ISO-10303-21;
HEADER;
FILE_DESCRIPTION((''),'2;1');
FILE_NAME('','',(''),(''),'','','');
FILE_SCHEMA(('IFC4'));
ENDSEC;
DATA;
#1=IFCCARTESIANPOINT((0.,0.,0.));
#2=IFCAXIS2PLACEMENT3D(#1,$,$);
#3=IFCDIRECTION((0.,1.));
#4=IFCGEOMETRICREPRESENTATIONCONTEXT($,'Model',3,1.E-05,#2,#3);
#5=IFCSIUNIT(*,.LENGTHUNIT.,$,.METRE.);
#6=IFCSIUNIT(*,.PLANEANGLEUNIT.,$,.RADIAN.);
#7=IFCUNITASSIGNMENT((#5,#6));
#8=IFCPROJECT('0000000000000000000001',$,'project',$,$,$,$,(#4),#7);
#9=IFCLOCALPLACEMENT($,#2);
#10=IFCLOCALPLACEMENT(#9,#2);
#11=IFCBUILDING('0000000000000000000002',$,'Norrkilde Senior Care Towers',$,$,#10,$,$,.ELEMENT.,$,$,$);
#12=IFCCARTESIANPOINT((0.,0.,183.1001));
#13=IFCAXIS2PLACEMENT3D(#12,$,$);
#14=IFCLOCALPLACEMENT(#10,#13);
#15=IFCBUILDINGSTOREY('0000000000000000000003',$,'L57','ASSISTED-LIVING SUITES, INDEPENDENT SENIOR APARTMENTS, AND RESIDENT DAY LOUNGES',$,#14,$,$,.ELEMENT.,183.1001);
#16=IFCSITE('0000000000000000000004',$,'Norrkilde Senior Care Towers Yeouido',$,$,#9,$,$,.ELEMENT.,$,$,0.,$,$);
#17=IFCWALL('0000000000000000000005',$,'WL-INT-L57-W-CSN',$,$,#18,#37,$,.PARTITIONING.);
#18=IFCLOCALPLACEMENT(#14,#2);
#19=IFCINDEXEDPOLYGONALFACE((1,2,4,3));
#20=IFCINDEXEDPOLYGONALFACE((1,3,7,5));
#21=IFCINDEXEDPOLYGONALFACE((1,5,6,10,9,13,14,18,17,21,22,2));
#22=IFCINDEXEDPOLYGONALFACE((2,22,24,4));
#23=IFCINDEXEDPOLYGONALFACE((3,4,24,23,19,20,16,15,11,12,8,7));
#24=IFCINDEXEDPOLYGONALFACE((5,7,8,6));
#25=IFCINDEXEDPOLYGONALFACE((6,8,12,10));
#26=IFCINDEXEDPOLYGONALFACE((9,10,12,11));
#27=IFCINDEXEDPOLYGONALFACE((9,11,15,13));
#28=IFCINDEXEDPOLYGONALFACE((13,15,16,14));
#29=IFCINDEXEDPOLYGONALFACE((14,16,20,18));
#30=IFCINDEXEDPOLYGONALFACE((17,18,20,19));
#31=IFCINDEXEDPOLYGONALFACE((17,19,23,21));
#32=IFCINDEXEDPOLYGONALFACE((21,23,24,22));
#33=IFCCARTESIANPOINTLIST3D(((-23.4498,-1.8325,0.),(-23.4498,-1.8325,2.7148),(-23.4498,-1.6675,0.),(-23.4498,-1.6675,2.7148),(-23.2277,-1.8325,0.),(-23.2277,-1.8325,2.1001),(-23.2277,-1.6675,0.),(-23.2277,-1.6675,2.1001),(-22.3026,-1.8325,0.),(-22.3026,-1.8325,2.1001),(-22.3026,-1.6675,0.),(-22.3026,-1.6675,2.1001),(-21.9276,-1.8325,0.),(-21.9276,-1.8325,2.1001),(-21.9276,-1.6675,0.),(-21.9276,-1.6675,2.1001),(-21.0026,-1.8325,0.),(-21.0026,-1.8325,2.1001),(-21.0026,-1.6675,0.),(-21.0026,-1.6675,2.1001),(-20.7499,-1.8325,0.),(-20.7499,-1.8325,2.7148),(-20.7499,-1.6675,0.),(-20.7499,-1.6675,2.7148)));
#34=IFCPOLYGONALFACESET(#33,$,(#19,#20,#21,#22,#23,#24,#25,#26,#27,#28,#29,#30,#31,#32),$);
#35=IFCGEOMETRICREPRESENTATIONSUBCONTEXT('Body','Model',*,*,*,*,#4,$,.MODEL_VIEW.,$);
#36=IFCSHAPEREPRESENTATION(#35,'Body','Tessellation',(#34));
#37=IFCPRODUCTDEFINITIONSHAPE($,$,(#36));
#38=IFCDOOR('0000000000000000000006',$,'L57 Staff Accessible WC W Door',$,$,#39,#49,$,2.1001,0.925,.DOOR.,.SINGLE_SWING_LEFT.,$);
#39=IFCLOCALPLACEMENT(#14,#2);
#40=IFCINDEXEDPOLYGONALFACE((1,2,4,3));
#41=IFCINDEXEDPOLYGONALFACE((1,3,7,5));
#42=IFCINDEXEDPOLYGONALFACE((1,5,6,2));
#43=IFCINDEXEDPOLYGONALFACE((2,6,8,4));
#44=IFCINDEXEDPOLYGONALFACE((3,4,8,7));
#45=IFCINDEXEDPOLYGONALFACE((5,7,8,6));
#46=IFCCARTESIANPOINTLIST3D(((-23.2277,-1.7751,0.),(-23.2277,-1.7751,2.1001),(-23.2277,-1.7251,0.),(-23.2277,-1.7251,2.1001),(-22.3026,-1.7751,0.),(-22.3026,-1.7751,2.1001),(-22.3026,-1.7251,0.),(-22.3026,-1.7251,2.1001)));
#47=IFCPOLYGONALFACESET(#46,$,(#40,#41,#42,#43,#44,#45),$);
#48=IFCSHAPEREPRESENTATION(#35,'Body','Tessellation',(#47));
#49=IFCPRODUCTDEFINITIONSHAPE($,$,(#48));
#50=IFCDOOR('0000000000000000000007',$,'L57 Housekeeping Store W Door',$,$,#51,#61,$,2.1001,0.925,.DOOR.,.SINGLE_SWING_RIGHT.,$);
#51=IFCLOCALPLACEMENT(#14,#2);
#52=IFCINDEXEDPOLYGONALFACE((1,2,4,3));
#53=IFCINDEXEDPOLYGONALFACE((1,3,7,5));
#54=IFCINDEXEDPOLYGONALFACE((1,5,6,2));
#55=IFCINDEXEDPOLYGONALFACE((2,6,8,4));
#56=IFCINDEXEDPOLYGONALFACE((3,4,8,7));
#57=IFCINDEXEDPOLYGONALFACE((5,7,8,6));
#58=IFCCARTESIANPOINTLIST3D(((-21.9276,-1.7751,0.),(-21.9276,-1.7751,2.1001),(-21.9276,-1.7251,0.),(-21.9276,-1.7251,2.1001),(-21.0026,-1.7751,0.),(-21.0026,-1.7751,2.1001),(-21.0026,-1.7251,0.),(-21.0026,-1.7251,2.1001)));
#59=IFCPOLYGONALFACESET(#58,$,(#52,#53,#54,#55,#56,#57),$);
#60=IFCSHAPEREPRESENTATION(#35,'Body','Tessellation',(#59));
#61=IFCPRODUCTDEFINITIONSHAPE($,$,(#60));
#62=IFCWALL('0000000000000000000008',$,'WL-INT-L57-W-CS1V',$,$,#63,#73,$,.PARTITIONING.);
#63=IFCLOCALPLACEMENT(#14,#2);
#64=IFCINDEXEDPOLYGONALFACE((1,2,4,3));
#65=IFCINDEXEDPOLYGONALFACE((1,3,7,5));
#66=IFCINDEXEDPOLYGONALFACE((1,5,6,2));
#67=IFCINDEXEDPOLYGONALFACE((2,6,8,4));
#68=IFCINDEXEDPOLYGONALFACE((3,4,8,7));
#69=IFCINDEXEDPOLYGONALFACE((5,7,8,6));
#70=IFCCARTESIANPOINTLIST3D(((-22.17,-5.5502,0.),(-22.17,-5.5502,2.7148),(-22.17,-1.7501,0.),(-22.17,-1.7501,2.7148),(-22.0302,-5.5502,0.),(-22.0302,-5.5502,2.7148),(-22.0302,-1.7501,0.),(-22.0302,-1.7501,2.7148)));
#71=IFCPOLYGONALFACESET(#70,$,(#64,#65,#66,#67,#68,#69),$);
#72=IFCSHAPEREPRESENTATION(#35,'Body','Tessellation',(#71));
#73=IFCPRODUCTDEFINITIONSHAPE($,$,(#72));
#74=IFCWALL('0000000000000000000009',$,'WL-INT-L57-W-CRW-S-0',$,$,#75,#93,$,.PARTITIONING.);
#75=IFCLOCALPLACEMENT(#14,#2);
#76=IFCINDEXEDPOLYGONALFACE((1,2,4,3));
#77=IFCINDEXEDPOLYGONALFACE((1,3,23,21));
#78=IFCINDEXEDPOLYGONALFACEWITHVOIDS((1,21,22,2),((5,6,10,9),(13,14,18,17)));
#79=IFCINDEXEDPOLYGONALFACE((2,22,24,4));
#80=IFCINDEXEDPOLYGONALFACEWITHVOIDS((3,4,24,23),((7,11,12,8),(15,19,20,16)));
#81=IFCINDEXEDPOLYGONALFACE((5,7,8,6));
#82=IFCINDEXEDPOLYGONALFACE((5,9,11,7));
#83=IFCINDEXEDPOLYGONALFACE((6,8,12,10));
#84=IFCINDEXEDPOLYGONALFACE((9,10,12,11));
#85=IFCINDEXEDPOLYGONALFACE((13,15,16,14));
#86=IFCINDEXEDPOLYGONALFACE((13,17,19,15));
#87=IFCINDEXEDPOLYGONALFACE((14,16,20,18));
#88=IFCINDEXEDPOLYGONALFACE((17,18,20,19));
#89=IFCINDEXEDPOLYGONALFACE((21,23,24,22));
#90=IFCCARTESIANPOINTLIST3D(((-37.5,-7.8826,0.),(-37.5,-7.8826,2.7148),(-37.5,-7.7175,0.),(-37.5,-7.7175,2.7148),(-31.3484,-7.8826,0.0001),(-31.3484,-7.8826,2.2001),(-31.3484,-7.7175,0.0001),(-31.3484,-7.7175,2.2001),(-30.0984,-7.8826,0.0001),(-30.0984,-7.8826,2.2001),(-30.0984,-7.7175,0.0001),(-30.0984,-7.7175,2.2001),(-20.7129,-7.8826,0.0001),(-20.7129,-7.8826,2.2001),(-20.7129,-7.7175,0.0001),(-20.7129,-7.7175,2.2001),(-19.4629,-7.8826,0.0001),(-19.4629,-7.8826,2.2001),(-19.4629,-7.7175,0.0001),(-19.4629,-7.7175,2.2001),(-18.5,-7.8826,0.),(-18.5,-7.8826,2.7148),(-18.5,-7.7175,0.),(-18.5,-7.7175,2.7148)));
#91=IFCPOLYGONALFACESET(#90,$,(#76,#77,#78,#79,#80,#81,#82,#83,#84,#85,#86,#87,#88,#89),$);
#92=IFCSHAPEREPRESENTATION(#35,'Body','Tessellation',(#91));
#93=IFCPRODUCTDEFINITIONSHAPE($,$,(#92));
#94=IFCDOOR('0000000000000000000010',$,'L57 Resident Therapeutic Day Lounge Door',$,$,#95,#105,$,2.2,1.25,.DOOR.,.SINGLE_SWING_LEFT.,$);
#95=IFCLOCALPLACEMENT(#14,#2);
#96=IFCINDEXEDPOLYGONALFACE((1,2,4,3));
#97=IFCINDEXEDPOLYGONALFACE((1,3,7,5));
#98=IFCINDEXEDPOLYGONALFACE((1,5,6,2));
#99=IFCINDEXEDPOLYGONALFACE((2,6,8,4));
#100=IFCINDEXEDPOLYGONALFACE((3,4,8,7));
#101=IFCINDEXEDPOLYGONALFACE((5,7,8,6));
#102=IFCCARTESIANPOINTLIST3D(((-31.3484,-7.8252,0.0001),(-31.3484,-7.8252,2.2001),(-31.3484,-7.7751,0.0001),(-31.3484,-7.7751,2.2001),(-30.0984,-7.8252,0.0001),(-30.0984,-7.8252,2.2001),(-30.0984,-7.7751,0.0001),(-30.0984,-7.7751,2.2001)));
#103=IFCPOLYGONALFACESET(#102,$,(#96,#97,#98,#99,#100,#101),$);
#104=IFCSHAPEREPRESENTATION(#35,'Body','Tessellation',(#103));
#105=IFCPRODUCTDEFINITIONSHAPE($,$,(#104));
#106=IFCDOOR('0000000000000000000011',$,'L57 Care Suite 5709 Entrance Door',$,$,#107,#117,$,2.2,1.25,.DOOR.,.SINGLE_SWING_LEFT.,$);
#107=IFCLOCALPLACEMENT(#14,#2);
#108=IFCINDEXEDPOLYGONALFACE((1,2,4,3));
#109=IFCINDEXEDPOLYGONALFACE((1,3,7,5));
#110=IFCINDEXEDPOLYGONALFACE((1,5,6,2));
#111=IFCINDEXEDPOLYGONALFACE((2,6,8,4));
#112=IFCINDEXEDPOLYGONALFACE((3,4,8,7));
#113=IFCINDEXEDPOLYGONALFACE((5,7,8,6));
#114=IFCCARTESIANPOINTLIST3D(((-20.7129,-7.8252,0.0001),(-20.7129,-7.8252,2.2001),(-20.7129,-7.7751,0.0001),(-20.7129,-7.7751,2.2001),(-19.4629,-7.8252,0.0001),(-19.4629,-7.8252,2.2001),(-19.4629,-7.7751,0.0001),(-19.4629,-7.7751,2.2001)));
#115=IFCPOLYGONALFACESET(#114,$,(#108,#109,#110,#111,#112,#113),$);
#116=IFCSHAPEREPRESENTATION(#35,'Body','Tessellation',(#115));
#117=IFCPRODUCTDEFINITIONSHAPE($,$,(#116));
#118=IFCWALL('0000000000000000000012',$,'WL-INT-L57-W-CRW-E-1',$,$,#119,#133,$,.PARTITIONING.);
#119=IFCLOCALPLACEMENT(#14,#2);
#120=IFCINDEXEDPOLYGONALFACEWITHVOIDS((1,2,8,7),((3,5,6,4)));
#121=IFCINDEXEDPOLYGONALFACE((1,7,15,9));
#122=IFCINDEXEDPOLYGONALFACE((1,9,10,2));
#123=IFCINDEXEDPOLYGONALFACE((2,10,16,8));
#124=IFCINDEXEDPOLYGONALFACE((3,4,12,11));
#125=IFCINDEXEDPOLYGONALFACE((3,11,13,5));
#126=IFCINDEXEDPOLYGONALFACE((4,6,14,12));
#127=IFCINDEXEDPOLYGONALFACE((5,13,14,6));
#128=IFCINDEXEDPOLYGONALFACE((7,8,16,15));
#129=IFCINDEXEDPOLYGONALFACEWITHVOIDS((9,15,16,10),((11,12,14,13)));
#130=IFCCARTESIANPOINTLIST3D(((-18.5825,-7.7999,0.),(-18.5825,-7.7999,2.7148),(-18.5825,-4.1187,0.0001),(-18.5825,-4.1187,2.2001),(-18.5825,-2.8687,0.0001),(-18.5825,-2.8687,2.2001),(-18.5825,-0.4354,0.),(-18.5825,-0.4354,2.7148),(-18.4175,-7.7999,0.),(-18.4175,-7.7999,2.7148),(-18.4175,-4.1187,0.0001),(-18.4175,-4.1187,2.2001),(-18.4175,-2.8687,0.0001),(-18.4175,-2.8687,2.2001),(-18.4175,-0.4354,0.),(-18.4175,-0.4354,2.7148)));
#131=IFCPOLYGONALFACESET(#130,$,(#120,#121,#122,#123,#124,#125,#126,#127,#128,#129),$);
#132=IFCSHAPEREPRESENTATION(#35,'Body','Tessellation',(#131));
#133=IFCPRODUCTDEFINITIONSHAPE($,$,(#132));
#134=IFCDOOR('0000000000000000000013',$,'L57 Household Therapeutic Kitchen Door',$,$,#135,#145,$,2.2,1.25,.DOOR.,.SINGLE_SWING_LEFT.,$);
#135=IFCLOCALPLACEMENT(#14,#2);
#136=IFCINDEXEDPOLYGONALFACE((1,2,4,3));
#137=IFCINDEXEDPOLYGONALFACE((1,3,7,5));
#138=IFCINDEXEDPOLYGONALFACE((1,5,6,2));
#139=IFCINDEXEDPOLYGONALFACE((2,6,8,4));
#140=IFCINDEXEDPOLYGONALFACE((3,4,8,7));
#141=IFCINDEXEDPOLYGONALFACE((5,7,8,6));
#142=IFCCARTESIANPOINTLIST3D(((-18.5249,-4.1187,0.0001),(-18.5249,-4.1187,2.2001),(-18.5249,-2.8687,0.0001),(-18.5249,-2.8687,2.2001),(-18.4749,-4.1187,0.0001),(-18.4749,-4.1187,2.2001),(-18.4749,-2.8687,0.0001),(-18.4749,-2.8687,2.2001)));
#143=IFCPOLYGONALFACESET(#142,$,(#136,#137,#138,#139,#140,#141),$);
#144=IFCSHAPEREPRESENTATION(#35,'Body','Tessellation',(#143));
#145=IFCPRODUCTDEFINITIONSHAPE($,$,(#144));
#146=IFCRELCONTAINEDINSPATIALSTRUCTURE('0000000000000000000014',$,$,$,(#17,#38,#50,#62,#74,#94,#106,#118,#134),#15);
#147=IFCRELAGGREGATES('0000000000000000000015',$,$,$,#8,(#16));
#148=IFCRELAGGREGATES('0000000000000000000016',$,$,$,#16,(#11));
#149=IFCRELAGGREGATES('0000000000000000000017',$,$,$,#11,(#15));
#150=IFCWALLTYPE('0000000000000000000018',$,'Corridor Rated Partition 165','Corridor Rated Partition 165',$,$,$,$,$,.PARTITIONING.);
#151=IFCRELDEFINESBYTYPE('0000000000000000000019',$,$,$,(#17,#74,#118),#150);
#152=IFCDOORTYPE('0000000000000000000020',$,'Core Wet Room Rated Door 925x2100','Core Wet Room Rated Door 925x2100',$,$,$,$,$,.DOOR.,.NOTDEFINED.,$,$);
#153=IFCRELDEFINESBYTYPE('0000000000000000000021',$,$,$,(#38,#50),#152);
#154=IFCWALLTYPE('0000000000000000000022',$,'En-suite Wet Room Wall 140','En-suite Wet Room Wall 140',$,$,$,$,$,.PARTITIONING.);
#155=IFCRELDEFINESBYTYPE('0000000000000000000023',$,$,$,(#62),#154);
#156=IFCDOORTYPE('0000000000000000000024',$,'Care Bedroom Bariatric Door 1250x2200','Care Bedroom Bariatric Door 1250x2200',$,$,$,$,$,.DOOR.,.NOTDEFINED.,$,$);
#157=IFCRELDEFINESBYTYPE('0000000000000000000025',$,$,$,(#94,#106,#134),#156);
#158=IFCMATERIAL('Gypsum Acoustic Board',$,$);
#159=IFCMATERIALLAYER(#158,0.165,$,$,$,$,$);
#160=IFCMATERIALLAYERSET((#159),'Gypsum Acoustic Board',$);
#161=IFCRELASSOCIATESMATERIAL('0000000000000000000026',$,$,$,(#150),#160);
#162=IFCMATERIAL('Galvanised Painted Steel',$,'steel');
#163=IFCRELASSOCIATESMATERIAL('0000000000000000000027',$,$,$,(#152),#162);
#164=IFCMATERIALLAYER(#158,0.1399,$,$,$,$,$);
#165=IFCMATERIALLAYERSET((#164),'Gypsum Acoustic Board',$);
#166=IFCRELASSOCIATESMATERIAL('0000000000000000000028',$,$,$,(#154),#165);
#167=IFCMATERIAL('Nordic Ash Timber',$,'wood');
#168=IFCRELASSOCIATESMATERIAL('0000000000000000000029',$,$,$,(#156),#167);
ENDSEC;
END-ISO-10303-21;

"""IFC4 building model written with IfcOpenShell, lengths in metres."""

from ifc_helpers import new_model, si_unit, direction, frame, frame_2d, origin, place, context, subcontext, project, spatial, rectangle, extrude, source, transform, mapped, material, layer, layer_set, type_object, type_shapes, element, fill, save


model = new_model("IFC4")

# Units and contexts
model_context = context("Model", 3, precision=1e-05, world=origin(), true_north=direction((0.0, 1.0)))
body_context = subcontext(model_context, "Body", "Model", "MODEL_VIEW")
ifc_project = project(units=[si_unit("LENGTHUNIT", "METRE"), si_unit("PLANEANGLEUNIT", "RADIAN")], contexts=[model_context])

# Site, building, storey
site_placement = place(None, origin())
site = spatial("IfcSite", under=ifc_project, at=site_placement, Name="Norrkilde Senior Care Towers Yeouido", CompositionType="ELEMENT", RefElevation=0.0)
building_placement = place(site_placement, origin())
building = spatial("IfcBuilding", under=site, at=building_placement, Name="Norrkilde Senior Care Towers", CompositionType="ELEMENT")
storey_placement = place(building_placement, frame((0.0, 0.0, 183.1001)))
storey = spatial("IfcBuildingStorey", under=building, at=storey_placement, Name="L57", Description="ASSISTED-LIVING SUITES, INDEPENDENT SENIOR APARTMENTS, AND RESIDENT DAY LOUNGES", CompositionType="ELEMENT", Elevation=183.1001)

# Wall, openings, doors
ifc_material_1 = material(Name="Gypsum Acoustic Board")
ifc_layer_1 = layer(ifc_material_1, 0.165)
ifc_layer_set_1 = layer_set([ifc_layer_1], Name="Gypsum Acoustic Board")
wall_type_1 = type_object("IfcWallType", Name="Corridor Rated Partition 165", Description="Corridor Rated Partition 165", PredefinedType="PARTITIONING", material=ifc_layer_set_1)
shared_shape_1 = source(origin(), body_context, "Body", "SweptSolid", [
    extrude(rectangle(XDim=2.7, YDim=0.165, at=frame_2d((1.3501, 0.0))), origin(), (0.0, 0.0, 1.0), 2.7148),
])
wall_1_placement = place(storey_placement, frame((-23.45, -1.75, 0.0), z_axis=(0.0, 0.0, 1.0), x_axis=(1.0, 0.0, 0.0)))
wall_1 = element("IfcWall", 1, at=wall_1_placement, inside=storey, type_object=wall_type_1, Name="WL-INT-L57-W-CSN", PredefinedType="PARTITIONING", context=body_context, shape_type="MappedRepresentation", body=[
    mapped(shared_shape_1, transform((0.0, 0.0, 0.0), x_axis=(1.0, 0.0, 0.0), y_axis=(0.0, 1.0, 0.0), z_axis=(0.0, 0.0, 1.0), scale=1.0)),
])
opening_1_placement = place(wall_1_placement, frame((0.2224, 0.0, 0.0)))
opening_1 = element("IfcOpeningElement", 2, at=opening_1_placement, cuts=wall_1, PredefinedType="OPENING", context=body_context, shape_type="SweptSolid", body=[
    extrude(rectangle(XDim=0.925, YDim=2.1001, at=frame_2d((0.4624, 1.05))), frame((0.0, 0.0925, 0.0), z_axis=(0.0, -1.0, 0.0), x_axis=(1.0, 0.0, 0.0)), (0.0, 0.0, 1.0), 0.1851),
])
opening_2_placement = place(wall_1_placement, frame((1.5225, 0.0, 0.0)))
opening_2 = element("IfcOpeningElement", 3, at=opening_2_placement, cuts=wall_1, PredefinedType="OPENING", context=body_context, shape_type="SweptSolid", body=[
    extrude(rectangle(XDim=0.925, YDim=2.1001, at=frame_2d((0.4624, 1.05))), frame((0.0, 0.0925, 0.0), z_axis=(0.0, -1.0, 0.0), x_axis=(1.0, 0.0, 0.0)), (0.0, 0.0, 1.0), 0.1851),
])
ifc_material_2 = material(Name="Galvanised Painted Steel", Category="steel")
door_type_1 = type_object("IfcDoorType", Name="Core Wet Room Rated Door 925x2100", Description="Core Wet Room Rated Door 925x2100", OperationType="NOTDEFINED", PredefinedType="DOOR", material=ifc_material_2)
shared_shape_2 = source(origin(), body_context, "Body", "SweptSolid", [
    extrude(rectangle(XDim=0.925, YDim=2.1001, at=frame_2d((0.4624, 1.05))), frame((0.0, 0.0249, 0.0), z_axis=(0.0, -1.0, 0.0), x_axis=(1.0, 0.0, 0.0)), (0.0, 0.0, 1.0), 0.05),
])
type_shapes(door_type_1, [shared_shape_2])
door_1_placement = place(opening_1_placement, origin())
door_1 = element("IfcDoor", 4, at=door_1_placement, inside=storey, type_object=door_type_1, Name="L57 Staff Accessible WC W Door", OperationType="SINGLE_SWING_LEFT", OverallHeight=2.1001, OverallWidth=0.925, PredefinedType="DOOR", context=body_context, shape_type="MappedRepresentation", body=[
    mapped(shared_shape_2, transform((0.0, 0.0, 0.0), x_axis=(1.0, 0.0, 0.0), y_axis=(0.0, 1.0, 0.0), z_axis=(0.0, 0.0, 1.0), scale=1.0)),
])
fill(opening_1, door_1)
door_2_placement = place(opening_2_placement, origin())
door_2 = element("IfcDoor", 5, at=door_2_placement, inside=storey, type_object=door_type_1, Name="L57 Housekeeping Store W Door", OperationType="SINGLE_SWING_RIGHT", OverallHeight=2.1001, OverallWidth=0.925, PredefinedType="DOOR", context=body_context, shape_type="MappedRepresentation", body=[
    mapped(shared_shape_2, transform((0.0, 0.0, 0.0), x_axis=(1.0, 0.0, 0.0), y_axis=(0.0, 1.0, 0.0), z_axis=(0.0, 0.0, 1.0), scale=1.0)),
])
fill(opening_2, door_2)

# Wall
ifc_layer_2 = layer(ifc_material_1, 0.1399)
ifc_layer_set_2 = layer_set([ifc_layer_2], Name="Gypsum Acoustic Board")
wall_type_2 = type_object("IfcWallType", Name="En-suite Wet Room Wall 140", Description="En-suite Wet Room Wall 140", PredefinedType="PARTITIONING", material=ifc_layer_set_2)
shared_shape_3 = source(origin(), body_context, "Body", "SweptSolid", [
    extrude(rectangle(XDim=3.8, YDim=0.1399, at=frame_2d((1.8999, 0.0))), origin(), (0.0, 0.0, 1.0), 2.7148),
])
wall_2_placement = place(storey_placement, frame((-22.1001, -5.55, 0.0), z_axis=(0.0, 0.0, 1.0), x_axis=(0.0, 1.0, 0.0)))
element("IfcWall", 6, at=wall_2_placement, inside=storey, type_object=wall_type_2, Name="WL-INT-L57-W-CS1V", PredefinedType="PARTITIONING", context=body_context, shape_type="MappedRepresentation", body=[
    mapped(shared_shape_3, transform((0.0, 0.0, 0.0), x_axis=(1.0, 0.0, 0.0), y_axis=(0.0, 1.0, 0.0), z_axis=(0.0, 0.0, 1.0), scale=1.0)),
])

# Wall, openings, doors
shared_shape_4 = source(origin(), body_context, "Body", "SweptSolid", [
    extrude(rectangle(XDim=19.0, YDim=0.165, at=frame_2d((9.5, 0.0))), origin(), (0.0, 0.0, 1.0), 2.7148),
])
wall_3_placement = place(storey_placement, frame((-18.5, -7.8, 0.0), z_axis=(0.0, 0.0, 1.0), x_axis=(-1.0, 0.0, 0.0)))
wall_3 = element("IfcWall", 7, at=wall_3_placement, inside=storey, type_object=wall_type_1, Name="WL-INT-L57-W-CRW-S-0", PredefinedType="PARTITIONING", context=body_context, shape_type="MappedRepresentation", body=[
    mapped(shared_shape_4, transform((0.0, 0.0, 0.0), x_axis=(1.0, 0.0, 0.0), y_axis=(0.0, 1.0, 0.0), z_axis=(0.0, 0.0, 1.0), scale=1.0)),
])
opening_3_placement = place(wall_3_placement, frame((11.5984, 0.0, 0.0)))
opening_3 = element("IfcOpeningElement", 8, at=opening_3_placement, cuts=wall_3, PredefinedType="OPENING", context=body_context, shape_type="SweptSolid", body=[
    extrude(rectangle(XDim=1.25, YDim=2.2, at=frame_2d((0.625, 1.1001))), frame((0.0, 0.0925, 0.0), z_axis=(0.0, -1.0, 0.0), x_axis=(1.0, 0.0, 0.0)), (0.0, 0.0, 1.0), 0.1851),
])
opening_4_placement = place(wall_3_placement, frame((0.9629, 0.0, 0.0)))
opening_4 = element("IfcOpeningElement", 9, at=opening_4_placement, cuts=wall_3, PredefinedType="OPENING", context=body_context, shape_type="SweptSolid", body=[
    extrude(rectangle(XDim=1.25, YDim=2.2, at=frame_2d((0.625, 1.1001))), frame((0.0, 0.0925, 0.0), z_axis=(0.0, -1.0, 0.0), x_axis=(1.0, 0.0, 0.0)), (0.0, 0.0, 1.0), 0.1851),
])
ifc_material_3 = material(Name="Nordic Ash Timber", Category="wood")
door_type_2 = type_object("IfcDoorType", Name="Care Bedroom Bariatric Door 1250x2200", Description="Care Bedroom Bariatric Door 1250x2200", OperationType="NOTDEFINED", PredefinedType="DOOR", material=ifc_material_3)
shared_shape_5 = source(origin(), body_context, "Body", "SweptSolid", [
    extrude(rectangle(XDim=1.25, YDim=2.2, at=frame_2d((0.625, 1.1001))), frame((0.0, 0.0249, 0.0), z_axis=(0.0, -1.0, 0.0), x_axis=(1.0, 0.0, 0.0)), (0.0, 0.0, 1.0), 0.05),
])
type_shapes(door_type_2, [shared_shape_5])
door_3_placement = place(opening_3_placement, frame((1.25, 0.0, 0.0), z_axis=(0.0, 0.0, 1.0), x_axis=(-1.0, 0.0, 0.0)))
door_3 = element("IfcDoor", 10, at=door_3_placement, inside=storey, type_object=door_type_2, Name="L57 Resident Therapeutic Day Lounge Door", OperationType="SINGLE_SWING_LEFT", OverallHeight=2.2, OverallWidth=1.25, PredefinedType="DOOR", context=body_context, shape_type="MappedRepresentation", body=[
    mapped(shared_shape_5, transform((0.0, 0.0, 0.0), x_axis=(1.0, 0.0, 0.0), y_axis=(0.0, 1.0, 0.0), z_axis=(0.0, 0.0, 1.0), scale=1.0)),
])
fill(opening_3, door_3)
door_4_placement = place(opening_4_placement, frame((1.25, 0.0, 0.0), z_axis=(0.0, 0.0, 1.0), x_axis=(-1.0, 0.0, 0.0)))
door_4 = element("IfcDoor", 11, at=door_4_placement, inside=storey, type_object=door_type_2, Name="L57 Care Suite 5709 Entrance Door", OperationType="SINGLE_SWING_LEFT", OverallHeight=2.2, OverallWidth=1.25, PredefinedType="DOOR", context=body_context, shape_type="MappedRepresentation", body=[
    mapped(shared_shape_5, transform((0.0, 0.0, 0.0), x_axis=(1.0, 0.0, 0.0), y_axis=(0.0, 1.0, 0.0), z_axis=(0.0, 0.0, 1.0), scale=1.0)),
])
fill(opening_4, door_4)

# Wall, opening, door
shared_shape_6 = source(origin(), body_context, "Body", "SweptSolid", [
    extrude(rectangle(XDim=7.3645, YDim=0.165, at=frame_2d((3.6821, 0.0))), origin(), (0.0, 0.0, 1.0), 2.7148),
])
type_shapes(wall_type_1, [shared_shape_1, shared_shape_4, shared_shape_6])
wall_4_placement = place(storey_placement, frame((-18.5, -0.4355, 0.0), z_axis=(0.0, 0.0, 1.0), x_axis=(0.0, -1.0, 0.0)))
wall_4 = element("IfcWall", 12, at=wall_4_placement, inside=storey, type_object=wall_type_1, Name="WL-INT-L57-W-CRW-E-1", PredefinedType="PARTITIONING", context=body_context, shape_type="MappedRepresentation", body=[
    mapped(shared_shape_6, transform((0.0, 0.0, 0.0), x_axis=(1.0, 0.0, 0.0), y_axis=(0.0, 1.0, 0.0), z_axis=(0.0, 0.0, 1.0), scale=1.0)),
])
opening_5_placement = place(wall_4_placement, frame((2.4331, 0.0, 0.0)))
opening_5 = element("IfcOpeningElement", 13, at=opening_5_placement, cuts=wall_4, PredefinedType="OPENING", context=body_context, shape_type="SweptSolid", body=[
    extrude(rectangle(XDim=1.25, YDim=2.2, at=frame_2d((0.625, 1.1001))), frame((0.0, 0.0925, 0.0), z_axis=(0.0, -1.0, 0.0), x_axis=(1.0, 0.0, 0.0)), (0.0, 0.0, 1.0), 0.1851),
])
door_5_placement = place(opening_5_placement, frame((1.25, 0.0, 0.0), z_axis=(0.0, 0.0, 1.0), x_axis=(-1.0, 0.0, 0.0)))
door_5 = element("IfcDoor", 14, at=door_5_placement, inside=storey, type_object=door_type_2, Name="L57 Household Therapeutic Kitchen Door", OperationType="SINGLE_SWING_LEFT", OverallHeight=2.2, OverallWidth=1.25, PredefinedType="DOOR", context=body_context, shape_type="MappedRepresentation", body=[
    mapped(shared_shape_5, transform((0.0, 0.0, 0.0), x_axis=(1.0, 0.0, 0.0), y_axis=(0.0, 1.0, 0.0), z_axis=(0.0, 0.0, 1.0), scale=1.0)),
])
fill(opening_5, door_5)

save(model, "model.ifc")
